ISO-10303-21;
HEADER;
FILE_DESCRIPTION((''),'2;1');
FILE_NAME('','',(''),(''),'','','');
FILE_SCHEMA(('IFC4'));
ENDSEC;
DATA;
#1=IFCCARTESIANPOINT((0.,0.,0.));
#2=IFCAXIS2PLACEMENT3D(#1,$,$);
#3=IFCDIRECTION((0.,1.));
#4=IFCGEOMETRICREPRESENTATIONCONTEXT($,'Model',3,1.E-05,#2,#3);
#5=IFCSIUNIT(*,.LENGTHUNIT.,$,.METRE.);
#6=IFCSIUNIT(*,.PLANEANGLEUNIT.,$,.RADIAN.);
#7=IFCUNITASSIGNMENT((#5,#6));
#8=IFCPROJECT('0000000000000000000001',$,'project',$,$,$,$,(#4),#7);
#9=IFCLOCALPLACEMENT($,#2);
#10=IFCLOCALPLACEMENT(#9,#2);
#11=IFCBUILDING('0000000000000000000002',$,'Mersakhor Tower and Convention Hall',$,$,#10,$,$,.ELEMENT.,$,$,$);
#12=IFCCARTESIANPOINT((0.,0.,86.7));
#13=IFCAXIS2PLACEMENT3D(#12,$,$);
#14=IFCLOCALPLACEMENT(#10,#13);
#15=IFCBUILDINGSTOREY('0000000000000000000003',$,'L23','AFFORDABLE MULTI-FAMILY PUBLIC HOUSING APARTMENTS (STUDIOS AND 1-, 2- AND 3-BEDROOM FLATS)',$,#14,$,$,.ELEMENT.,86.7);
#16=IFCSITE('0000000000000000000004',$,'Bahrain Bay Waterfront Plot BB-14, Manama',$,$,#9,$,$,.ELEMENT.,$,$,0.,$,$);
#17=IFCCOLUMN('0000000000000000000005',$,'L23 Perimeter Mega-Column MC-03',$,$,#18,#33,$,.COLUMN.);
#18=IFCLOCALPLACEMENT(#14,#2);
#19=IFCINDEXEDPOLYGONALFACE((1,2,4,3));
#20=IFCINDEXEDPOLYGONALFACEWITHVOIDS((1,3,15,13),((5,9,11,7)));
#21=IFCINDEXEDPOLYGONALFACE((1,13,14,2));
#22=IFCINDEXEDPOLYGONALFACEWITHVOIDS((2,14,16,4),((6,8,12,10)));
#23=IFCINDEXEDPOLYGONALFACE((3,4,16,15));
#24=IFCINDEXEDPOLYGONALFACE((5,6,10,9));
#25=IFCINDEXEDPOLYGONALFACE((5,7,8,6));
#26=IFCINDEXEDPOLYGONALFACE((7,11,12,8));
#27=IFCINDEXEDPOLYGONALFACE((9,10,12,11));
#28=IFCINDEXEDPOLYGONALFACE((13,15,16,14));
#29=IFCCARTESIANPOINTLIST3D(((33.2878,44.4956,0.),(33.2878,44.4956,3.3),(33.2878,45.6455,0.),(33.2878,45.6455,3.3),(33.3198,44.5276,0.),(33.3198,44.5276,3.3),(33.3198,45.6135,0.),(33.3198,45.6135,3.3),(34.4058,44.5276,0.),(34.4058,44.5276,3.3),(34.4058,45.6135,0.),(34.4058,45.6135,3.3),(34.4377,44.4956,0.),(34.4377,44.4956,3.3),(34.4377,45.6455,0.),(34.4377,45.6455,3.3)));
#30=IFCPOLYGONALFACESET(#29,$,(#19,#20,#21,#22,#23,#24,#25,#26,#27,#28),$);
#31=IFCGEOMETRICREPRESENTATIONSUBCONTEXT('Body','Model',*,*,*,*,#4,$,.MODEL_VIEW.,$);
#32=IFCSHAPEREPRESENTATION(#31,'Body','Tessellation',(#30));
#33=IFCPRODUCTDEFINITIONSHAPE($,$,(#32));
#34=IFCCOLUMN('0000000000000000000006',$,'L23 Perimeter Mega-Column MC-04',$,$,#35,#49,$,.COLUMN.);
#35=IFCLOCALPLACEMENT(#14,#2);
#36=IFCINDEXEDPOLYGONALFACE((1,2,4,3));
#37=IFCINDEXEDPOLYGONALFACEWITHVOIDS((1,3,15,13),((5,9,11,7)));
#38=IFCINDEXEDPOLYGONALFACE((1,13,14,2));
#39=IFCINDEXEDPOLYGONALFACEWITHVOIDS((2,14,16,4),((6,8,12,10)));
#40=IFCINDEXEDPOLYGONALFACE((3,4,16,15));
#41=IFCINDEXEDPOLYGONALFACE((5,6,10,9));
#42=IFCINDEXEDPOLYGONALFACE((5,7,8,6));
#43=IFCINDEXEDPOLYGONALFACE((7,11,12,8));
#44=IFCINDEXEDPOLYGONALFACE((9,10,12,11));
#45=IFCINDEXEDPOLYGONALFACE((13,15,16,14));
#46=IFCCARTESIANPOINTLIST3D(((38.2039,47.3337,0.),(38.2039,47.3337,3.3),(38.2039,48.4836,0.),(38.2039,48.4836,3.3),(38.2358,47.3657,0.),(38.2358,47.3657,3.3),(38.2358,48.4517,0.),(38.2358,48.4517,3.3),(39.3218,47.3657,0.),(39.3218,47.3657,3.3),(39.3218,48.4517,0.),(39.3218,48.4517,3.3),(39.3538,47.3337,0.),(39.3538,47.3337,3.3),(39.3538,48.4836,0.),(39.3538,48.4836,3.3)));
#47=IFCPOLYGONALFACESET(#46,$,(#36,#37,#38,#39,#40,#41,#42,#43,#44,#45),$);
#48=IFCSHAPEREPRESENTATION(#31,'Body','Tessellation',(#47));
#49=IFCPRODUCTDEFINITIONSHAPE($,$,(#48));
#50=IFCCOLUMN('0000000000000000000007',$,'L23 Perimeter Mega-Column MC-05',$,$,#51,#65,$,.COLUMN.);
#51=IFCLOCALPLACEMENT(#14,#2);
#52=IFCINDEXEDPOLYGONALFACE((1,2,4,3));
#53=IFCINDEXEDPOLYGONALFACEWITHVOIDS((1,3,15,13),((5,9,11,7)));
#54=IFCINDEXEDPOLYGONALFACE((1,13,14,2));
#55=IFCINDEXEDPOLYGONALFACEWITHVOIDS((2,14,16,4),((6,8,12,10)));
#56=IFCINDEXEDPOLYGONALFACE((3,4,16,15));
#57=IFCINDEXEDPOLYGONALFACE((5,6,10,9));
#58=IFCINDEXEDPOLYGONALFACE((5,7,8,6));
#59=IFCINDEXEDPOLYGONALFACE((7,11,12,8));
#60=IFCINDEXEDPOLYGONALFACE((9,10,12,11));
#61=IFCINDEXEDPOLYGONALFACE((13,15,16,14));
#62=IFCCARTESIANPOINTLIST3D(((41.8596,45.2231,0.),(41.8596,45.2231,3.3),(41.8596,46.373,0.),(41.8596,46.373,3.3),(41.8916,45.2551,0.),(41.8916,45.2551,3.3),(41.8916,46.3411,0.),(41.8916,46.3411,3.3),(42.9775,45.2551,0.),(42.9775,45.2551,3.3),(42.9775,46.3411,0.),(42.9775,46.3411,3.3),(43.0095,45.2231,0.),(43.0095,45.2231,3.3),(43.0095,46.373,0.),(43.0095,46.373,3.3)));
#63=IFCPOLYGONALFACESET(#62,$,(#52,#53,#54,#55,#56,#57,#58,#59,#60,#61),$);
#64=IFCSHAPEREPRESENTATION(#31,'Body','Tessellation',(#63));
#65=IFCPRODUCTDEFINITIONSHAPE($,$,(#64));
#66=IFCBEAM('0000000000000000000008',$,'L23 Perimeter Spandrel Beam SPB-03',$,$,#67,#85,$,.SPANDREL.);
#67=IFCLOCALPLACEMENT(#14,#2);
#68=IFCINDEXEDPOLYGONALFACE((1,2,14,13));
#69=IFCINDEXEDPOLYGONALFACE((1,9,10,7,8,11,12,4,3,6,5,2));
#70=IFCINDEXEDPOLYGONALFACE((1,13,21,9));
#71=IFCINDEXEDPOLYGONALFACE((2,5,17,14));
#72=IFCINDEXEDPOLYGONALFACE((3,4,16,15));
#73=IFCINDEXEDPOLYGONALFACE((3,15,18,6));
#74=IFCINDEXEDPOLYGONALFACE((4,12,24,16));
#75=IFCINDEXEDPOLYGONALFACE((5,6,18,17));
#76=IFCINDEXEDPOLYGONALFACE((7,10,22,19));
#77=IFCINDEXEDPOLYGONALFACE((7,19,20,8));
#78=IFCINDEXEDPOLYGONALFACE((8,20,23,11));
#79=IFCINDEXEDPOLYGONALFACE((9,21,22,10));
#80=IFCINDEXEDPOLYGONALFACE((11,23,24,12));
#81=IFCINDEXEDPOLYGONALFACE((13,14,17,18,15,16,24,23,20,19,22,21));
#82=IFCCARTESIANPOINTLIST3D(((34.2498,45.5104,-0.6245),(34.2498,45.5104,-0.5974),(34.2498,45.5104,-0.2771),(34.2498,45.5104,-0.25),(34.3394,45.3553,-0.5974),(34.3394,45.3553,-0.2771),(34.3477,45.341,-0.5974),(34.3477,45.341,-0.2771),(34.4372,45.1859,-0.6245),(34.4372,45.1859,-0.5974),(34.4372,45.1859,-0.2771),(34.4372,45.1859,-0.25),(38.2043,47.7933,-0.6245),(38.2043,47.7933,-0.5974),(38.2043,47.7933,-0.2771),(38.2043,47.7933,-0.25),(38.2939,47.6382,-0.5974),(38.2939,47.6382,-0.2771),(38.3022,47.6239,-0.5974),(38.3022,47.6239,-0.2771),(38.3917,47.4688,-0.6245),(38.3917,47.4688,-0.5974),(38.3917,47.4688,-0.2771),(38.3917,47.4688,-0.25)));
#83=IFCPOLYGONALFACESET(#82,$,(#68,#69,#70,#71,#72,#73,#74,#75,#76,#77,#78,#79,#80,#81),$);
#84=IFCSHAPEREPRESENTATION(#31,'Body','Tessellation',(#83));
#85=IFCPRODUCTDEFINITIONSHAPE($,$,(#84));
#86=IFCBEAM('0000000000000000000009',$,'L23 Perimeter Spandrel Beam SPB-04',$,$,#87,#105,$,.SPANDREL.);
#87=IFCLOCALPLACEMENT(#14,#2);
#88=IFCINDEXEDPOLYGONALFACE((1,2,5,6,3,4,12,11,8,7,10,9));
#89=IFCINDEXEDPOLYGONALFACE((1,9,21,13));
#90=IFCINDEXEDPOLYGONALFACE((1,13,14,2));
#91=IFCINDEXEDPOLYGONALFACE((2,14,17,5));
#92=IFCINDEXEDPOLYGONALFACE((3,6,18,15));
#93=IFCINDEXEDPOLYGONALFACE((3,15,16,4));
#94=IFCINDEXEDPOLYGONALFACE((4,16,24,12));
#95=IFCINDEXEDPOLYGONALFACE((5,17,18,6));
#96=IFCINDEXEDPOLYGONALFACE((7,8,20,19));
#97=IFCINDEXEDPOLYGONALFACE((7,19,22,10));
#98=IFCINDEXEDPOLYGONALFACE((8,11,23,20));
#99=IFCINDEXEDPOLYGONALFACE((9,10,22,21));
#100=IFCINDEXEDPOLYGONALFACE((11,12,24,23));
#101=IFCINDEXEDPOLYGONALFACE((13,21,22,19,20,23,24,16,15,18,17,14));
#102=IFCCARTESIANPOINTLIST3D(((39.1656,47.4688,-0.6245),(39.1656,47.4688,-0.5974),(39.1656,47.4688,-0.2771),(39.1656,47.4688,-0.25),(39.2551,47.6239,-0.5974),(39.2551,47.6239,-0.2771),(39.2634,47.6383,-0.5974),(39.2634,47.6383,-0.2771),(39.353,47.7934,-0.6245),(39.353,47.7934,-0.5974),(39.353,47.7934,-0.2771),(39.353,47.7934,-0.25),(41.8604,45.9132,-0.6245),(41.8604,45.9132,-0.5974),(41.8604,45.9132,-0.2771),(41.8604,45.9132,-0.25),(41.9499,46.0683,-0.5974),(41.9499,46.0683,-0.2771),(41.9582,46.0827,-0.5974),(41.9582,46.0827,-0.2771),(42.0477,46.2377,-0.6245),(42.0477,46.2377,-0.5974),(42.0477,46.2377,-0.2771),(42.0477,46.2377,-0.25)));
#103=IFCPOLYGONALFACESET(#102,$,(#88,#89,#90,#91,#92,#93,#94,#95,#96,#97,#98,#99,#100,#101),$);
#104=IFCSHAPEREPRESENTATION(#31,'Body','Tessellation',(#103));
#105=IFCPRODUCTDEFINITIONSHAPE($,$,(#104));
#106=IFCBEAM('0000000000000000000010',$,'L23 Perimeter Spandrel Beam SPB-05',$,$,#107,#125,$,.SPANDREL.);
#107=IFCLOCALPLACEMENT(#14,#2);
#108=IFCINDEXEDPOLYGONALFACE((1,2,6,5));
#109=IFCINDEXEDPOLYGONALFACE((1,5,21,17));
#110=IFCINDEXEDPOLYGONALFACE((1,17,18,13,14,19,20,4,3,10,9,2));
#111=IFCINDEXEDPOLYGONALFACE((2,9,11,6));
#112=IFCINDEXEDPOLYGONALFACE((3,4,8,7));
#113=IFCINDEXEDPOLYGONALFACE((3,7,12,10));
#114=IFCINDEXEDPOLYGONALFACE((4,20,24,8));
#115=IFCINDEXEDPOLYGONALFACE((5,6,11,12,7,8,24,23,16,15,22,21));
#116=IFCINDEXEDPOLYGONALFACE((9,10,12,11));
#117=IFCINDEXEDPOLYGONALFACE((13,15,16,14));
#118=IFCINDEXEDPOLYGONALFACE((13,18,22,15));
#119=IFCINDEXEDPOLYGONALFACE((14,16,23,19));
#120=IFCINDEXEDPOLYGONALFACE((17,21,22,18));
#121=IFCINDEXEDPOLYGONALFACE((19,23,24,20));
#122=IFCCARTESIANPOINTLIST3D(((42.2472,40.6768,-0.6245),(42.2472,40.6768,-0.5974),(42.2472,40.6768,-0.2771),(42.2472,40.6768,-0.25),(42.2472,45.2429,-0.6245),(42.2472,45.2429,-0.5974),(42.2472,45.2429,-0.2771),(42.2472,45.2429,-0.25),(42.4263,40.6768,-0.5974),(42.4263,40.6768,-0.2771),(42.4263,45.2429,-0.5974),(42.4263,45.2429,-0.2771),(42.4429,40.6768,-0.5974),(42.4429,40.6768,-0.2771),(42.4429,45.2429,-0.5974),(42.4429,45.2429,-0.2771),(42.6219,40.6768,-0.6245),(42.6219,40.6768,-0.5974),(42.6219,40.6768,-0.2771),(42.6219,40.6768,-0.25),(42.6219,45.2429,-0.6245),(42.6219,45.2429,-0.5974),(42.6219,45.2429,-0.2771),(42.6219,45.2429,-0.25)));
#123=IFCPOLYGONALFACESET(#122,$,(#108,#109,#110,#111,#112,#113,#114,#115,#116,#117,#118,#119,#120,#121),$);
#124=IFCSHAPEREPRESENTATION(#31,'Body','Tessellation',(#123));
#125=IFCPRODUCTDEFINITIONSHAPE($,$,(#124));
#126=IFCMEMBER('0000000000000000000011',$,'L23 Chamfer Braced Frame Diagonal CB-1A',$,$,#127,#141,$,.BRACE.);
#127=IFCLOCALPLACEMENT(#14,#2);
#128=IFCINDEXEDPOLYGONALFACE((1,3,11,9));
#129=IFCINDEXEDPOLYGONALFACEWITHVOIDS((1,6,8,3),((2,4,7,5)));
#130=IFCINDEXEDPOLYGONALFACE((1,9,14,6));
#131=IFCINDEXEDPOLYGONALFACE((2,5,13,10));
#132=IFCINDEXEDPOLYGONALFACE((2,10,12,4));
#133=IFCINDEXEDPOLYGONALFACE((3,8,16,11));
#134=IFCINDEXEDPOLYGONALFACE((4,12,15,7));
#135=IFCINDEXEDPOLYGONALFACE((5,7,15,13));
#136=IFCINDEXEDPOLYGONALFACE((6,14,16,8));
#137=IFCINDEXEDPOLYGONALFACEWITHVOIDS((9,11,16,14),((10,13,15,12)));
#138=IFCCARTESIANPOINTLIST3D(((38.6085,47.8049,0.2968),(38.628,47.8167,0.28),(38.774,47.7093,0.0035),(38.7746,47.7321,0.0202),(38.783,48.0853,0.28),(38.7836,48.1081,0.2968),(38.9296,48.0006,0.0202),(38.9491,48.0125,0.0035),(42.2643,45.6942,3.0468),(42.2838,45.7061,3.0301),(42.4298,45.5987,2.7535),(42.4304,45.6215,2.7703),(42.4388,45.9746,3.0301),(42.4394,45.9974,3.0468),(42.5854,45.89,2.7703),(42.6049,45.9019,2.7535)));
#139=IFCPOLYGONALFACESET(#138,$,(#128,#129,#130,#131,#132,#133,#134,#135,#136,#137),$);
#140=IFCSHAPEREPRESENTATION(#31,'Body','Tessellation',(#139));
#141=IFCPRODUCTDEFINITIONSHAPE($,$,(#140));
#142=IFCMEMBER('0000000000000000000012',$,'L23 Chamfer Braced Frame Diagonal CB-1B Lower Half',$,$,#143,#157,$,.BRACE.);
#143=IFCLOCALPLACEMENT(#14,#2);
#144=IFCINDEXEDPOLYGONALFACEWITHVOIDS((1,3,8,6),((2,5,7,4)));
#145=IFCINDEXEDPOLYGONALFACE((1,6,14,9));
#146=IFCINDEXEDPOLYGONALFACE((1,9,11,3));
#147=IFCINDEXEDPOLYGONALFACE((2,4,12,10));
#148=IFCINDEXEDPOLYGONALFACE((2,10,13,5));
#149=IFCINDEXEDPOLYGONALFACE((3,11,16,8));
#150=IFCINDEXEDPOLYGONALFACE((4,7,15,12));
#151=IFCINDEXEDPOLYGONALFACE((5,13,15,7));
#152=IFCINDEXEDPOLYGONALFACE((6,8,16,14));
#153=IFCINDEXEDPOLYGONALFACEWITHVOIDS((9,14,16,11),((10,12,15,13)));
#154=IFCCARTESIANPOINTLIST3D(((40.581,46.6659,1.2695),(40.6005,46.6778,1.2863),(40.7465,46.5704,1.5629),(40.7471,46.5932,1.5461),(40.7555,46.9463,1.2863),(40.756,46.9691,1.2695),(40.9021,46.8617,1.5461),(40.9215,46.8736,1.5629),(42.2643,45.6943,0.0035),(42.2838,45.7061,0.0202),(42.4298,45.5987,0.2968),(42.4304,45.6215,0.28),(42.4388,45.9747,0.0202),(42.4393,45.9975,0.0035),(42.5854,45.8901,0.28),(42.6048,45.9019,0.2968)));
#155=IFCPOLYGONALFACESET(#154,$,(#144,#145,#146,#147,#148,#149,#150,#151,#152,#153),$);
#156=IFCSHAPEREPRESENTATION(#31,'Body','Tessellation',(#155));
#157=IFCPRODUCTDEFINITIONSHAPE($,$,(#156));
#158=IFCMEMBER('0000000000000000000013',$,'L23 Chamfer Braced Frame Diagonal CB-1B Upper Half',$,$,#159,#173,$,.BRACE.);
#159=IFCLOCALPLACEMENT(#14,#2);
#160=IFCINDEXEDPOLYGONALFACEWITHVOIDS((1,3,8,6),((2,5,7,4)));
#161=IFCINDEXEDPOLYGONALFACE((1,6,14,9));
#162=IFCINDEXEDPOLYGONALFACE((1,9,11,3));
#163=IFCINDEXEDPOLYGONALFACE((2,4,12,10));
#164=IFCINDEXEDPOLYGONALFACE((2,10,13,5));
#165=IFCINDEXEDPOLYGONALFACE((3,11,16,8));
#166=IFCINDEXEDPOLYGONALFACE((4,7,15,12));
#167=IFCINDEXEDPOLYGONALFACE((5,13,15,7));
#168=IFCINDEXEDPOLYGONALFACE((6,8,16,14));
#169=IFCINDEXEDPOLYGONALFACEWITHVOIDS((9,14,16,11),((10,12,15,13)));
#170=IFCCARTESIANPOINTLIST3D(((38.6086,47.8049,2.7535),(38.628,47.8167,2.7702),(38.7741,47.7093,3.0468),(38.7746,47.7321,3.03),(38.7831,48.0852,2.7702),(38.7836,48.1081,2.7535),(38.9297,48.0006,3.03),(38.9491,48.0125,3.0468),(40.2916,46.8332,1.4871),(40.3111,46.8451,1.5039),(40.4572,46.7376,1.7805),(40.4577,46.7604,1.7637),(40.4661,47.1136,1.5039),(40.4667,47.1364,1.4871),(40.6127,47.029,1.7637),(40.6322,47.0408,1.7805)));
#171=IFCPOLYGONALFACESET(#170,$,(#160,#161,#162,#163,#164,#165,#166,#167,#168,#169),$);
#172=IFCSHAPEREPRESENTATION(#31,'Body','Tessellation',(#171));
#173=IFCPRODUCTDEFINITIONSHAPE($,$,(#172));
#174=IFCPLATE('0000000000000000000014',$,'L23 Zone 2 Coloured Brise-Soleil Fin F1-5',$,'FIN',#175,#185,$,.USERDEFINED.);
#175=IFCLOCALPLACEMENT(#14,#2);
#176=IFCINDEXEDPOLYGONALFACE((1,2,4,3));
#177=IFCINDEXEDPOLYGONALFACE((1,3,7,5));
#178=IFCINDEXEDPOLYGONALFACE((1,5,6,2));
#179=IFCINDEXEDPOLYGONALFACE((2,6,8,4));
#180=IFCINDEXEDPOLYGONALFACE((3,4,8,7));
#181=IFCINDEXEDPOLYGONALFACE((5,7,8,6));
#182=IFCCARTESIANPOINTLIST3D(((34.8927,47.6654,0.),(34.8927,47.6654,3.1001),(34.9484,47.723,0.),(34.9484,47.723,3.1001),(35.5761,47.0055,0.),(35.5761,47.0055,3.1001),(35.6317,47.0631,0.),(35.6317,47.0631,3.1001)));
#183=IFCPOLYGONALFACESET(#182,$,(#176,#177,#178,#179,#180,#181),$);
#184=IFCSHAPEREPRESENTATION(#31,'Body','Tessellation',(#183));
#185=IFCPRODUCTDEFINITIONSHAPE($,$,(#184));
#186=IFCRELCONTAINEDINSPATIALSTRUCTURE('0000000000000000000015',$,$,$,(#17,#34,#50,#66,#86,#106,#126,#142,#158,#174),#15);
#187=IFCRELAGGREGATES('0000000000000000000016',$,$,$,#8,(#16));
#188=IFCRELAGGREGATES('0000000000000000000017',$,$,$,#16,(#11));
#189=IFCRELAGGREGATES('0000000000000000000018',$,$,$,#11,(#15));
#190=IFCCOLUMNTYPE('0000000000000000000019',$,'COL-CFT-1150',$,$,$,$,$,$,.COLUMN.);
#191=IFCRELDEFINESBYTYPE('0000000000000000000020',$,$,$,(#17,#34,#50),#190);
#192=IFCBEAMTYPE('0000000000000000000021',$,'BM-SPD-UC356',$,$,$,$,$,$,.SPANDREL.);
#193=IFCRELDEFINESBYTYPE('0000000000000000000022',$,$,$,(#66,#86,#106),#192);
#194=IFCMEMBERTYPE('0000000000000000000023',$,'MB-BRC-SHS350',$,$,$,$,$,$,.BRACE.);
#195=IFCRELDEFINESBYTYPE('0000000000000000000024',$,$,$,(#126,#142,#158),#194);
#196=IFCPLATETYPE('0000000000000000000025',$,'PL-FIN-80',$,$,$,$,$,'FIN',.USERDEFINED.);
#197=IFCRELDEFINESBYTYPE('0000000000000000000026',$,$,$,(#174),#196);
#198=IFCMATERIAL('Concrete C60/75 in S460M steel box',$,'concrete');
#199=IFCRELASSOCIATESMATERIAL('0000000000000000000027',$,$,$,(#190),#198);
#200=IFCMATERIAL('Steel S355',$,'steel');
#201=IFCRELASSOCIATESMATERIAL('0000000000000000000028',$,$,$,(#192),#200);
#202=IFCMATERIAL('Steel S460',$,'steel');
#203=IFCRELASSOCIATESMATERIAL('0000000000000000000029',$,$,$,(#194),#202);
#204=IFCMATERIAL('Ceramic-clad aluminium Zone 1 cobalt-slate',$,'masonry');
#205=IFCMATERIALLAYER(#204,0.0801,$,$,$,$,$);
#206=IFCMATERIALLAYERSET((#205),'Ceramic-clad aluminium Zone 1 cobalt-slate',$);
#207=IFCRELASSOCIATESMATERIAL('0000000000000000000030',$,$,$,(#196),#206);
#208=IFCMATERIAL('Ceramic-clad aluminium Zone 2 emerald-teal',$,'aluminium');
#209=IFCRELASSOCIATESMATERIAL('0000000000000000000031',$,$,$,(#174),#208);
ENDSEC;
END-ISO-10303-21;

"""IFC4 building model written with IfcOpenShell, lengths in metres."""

from ifc_helpers import new_model, si_unit, direction, frame, origin, origin_2d, place, context, subcontext, project, spatial, rectangle, hollow_rectangle, i_section, extrude, material, layer, layer_set, material_profile, profile_set, type_object, element, save


model = new_model("IFC4")

# Units and contexts
model_context = context("Model", 3, precision=1e-05, world=origin(), true_north=direction((0.0, 1.0)))
body_context = subcontext(model_context, "Body", "Model", "MODEL_VIEW")
ifc_project = project(units=[si_unit("LENGTHUNIT", "METRE"), si_unit("PLANEANGLEUNIT", "RADIAN")], contexts=[model_context])

# Site, building, storey
site_placement = place(None, origin())
site = spatial("IfcSite", under=ifc_project, at=site_placement, Name="Bahrain Bay Waterfront Plot BB-14, Manama", CompositionType="ELEMENT", RefElevation=0.0)
building_placement = place(site_placement, origin())
building = spatial("IfcBuilding", under=site, at=building_placement, Name="Mersakhor Tower and Convention Hall", CompositionType="ELEMENT")
storey_placement = place(building_placement, frame((0.0, 0.0, 86.7)))
storey = spatial("IfcBuildingStorey", under=building, at=storey_placement, Name="L23", Description="AFFORDABLE MULTI-FAMILY PUBLIC HOUSING APARTMENTS (STUDIOS AND 1-, 2- AND 3-BEDROOM FLATS)", CompositionType="ELEMENT", Elevation=86.7)

# Columns
ifc_material_1 = material(Name="Concrete C60/75 in S460M steel box", Category="concrete")
ifc_material_profile_1 = material_profile(ifc_material_1, hollow_rectangle(XDim=1.1499, YDim=1.1499, WallThickness=0.032, at=origin_2d()), Name="SHS 1150x1150x32")
ifc_profile_set_1 = profile_set([ifc_material_profile_1], Name="Concrete C60/75 in S460M steel box")
column_type = type_object("IfcColumnType", Name="COL-CFT-1150", PredefinedType="COLUMN", material=ifc_profile_set_1)
for number, where, z_axis, x_axis, name in (
    (1, (33.8628, 45.0706, 0.0), (0.0, 0.0, 1.0), (1.0, 0.0, 0.0), "L23 Perimeter Mega-Column MC-03"),
    (2, (38.7788, 47.9087, 0.0), (0.0, 0.0, 1.0), (1.0, 0.0, 0.0), "L23 Perimeter Mega-Column MC-04"),
    (3, (42.4346, 45.7981, 0.0), (0.0, 0.0, 1.0), (1.0, 0.0, 0.0), "L23 Perimeter Mega-Column MC-05"),
):
    element("IfcColumn", number, at=place(storey_placement, frame(where, z_axis=z_axis, x_axis=x_axis)), inside=storey, type_object=column_type, Name=name, PredefinedType="COLUMN", context=body_context, shape_type="SweptSolid", body=[
        extrude(hollow_rectangle(XDim=1.1499, YDim=1.1499, WallThickness=0.032, at=origin_2d()), origin(), (0.0, 0.0, 1.0), 3.3),
    ])

# Beams
ifc_material_2 = material(Name="Steel S355", Category="steel")
ifc_material_profile_2 = material_profile(ifc_material_2, i_section(OverallWidth=0.3748, OverallDepth=0.3745, WebThickness=0.0166, FlangeThickness=0.0271, at=origin_2d()), Name="UC 356x368x202")
ifc_profile_set_2 = profile_set([ifc_material_profile_2], Name="Steel S355")
beam_type = type_object("IfcBeamType", Name="BM-SPD-UC356", PredefinedType="SPANDREL", material=ifc_profile_set_2)
beam_1_placement = place(storey_placement, frame((34.3435, 45.3481, -0.4373), z_axis=(0.866047, 0.499963, 0.0), x_axis=(-0.499963, 0.866047, 0.0)))
element("IfcBeam", 4, at=beam_1_placement, inside=storey, type_object=beam_type, Name="L23 Perimeter Spandrel Beam SPB-03", PredefinedType="SPANDREL", context=body_context, shape_type="SweptSolid", body=[
    extrude(i_section(OverallWidth=0.3748, OverallDepth=0.3745, WebThickness=0.0166, FlangeThickness=0.0271, at=origin_2d()), origin(), (0.0, 0.0, 1.0), 4.5662),
])
beam_2_placement = place(storey_placement, frame((39.2593, 47.6311, -0.4373), z_axis=(0.866052, -0.499953, 0.0), x_axis=(0.499953, 0.866052, 0.0)))
element("IfcBeam", 5, at=beam_2_placement, inside=storey, type_object=beam_type, Name="L23 Perimeter Spandrel Beam SPB-04", PredefinedType="SPANDREL", context=body_context, shape_type="SweptSolid", body=[
    extrude(i_section(OverallWidth=0.3748, OverallDepth=0.3745, WebThickness=0.0166, FlangeThickness=0.0271, at=origin_2d()), origin(), (0.0, 0.0, 1.0), 3.1116),
])
beam_3_placement = place(storey_placement, frame((42.4346, 45.2429, -0.4373), z_axis=(0.0, -1.0, 0.0), x_axis=(1.0, 0.0, 0.0)))
element("IfcBeam", 6, at=beam_3_placement, inside=storey, type_object=beam_type, Name="L23 Perimeter Spandrel Beam SPB-05", PredefinedType="SPANDREL", context=body_context, shape_type="SweptSolid", body=[
    extrude(i_section(OverallWidth=0.3748, OverallDepth=0.3745, WebThickness=0.0166, FlangeThickness=0.0271, at=origin_2d()), origin(), (0.0, 0.0, 1.0), 4.5662),
])

# Members
ifc_material_3 = material(Name="Steel S460", Category="steel")
ifc_material_profile_3 = material_profile(ifc_material_3, hollow_rectangle(XDim=0.3501, YDim=0.3501, WallThickness=0.02, at=origin_2d()), Name="SHS 350x350x20")
ifc_profile_set_3 = profile_set([ifc_material_profile_3], Name="Steel S460")
member_type = type_object("IfcMemberType", Name="MB-BRC-SHS350", PredefinedType="BRACE", material=ifc_profile_set_3)
member_placement = place(storey_placement, frame((38.7788, 47.9087, 0.1501), z_axis=(0.725634, -0.418933, 0.545849), x_axis=(0.499989, 0.866031, 0.0)))
element("IfcMember", 7, at=member_placement, inside=storey, type_object=member_type, Name="L23 Chamfer Braced Frame Diagonal CB-1A", PredefinedType="BRACE", context=body_context, shape_type="SweptSolid", body=[
    extrude(hollow_rectangle(XDim=0.3501, YDim=0.3501, WallThickness=0.02, at=origin_2d()), origin(), (0.0, 0.0, 1.0), 5.0381),
])
for number, where, z_axis, x_axis, name in (
    (8, (42.4346, 45.7981, 0.1501), (-0.725685, 0.418887, 0.545816), (-0.499922, -0.866071, 0.0), "L23 Chamfer Braced Frame Diagonal CB-1B Lower Half"),
    (9, (40.4619, 46.937, 1.6338), (-0.725593, 0.418895, 0.545932), (-0.499976, -0.866039, 0.0), "L23 Chamfer Braced Frame Diagonal CB-1B Upper Half"),
):
    element("IfcMember", number, at=place(storey_placement, frame(where, z_axis=z_axis, x_axis=x_axis)), inside=storey, type_object=member_type, Name=name, PredefinedType="BRACE", context=body_context, shape_type="SweptSolid", body=[
        extrude(hollow_rectangle(XDim=0.3501, YDim=0.3501, WallThickness=0.02, at=origin_2d()), origin(), (0.0, 0.0, 1.0), 2.3196),
    ])

# Plate
ifc_material_4 = material(Name="Ceramic-clad aluminium Zone 2 emerald-teal", Category="aluminium")
ifc_material_5 = material(Name="Ceramic-clad aluminium Zone 1 cobalt-slate", Category="masonry")
ifc_layer_1 = layer(ifc_material_5, 0.0801)
ifc_layer_set_1 = layer_set([ifc_layer_1], Name="Ceramic-clad aluminium Zone 1 cobalt-slate")
plate_type_1 = type_object("IfcPlateType", Name="PL-FIN-80", ElementType="FIN", PredefinedType="USERDEFINED", material=ifc_layer_set_1)
plate_1_placement = place(storey_placement, frame((35.2622, 47.3643, 0.0), z_axis=(0.0, 0.0, 1.0), x_axis=(-0.71934, 0.694658, 0.0)))
element("IfcPlate", 10, at=plate_1_placement, inside=storey, type_object=plate_type_1, material=ifc_material_4, Name="L23 Zone 2 Coloured Brise-Soleil Fin F1-5", ObjectType="FIN", PredefinedType="USERDEFINED", context=body_context, shape_type="SweptSolid", body=[
    extrude(rectangle(XDim=0.95, YDim=0.0801, at=origin_2d()), origin(), (0.0, 0.0, 1.0), 3.1001),
])

save(model, "model.ifc")
